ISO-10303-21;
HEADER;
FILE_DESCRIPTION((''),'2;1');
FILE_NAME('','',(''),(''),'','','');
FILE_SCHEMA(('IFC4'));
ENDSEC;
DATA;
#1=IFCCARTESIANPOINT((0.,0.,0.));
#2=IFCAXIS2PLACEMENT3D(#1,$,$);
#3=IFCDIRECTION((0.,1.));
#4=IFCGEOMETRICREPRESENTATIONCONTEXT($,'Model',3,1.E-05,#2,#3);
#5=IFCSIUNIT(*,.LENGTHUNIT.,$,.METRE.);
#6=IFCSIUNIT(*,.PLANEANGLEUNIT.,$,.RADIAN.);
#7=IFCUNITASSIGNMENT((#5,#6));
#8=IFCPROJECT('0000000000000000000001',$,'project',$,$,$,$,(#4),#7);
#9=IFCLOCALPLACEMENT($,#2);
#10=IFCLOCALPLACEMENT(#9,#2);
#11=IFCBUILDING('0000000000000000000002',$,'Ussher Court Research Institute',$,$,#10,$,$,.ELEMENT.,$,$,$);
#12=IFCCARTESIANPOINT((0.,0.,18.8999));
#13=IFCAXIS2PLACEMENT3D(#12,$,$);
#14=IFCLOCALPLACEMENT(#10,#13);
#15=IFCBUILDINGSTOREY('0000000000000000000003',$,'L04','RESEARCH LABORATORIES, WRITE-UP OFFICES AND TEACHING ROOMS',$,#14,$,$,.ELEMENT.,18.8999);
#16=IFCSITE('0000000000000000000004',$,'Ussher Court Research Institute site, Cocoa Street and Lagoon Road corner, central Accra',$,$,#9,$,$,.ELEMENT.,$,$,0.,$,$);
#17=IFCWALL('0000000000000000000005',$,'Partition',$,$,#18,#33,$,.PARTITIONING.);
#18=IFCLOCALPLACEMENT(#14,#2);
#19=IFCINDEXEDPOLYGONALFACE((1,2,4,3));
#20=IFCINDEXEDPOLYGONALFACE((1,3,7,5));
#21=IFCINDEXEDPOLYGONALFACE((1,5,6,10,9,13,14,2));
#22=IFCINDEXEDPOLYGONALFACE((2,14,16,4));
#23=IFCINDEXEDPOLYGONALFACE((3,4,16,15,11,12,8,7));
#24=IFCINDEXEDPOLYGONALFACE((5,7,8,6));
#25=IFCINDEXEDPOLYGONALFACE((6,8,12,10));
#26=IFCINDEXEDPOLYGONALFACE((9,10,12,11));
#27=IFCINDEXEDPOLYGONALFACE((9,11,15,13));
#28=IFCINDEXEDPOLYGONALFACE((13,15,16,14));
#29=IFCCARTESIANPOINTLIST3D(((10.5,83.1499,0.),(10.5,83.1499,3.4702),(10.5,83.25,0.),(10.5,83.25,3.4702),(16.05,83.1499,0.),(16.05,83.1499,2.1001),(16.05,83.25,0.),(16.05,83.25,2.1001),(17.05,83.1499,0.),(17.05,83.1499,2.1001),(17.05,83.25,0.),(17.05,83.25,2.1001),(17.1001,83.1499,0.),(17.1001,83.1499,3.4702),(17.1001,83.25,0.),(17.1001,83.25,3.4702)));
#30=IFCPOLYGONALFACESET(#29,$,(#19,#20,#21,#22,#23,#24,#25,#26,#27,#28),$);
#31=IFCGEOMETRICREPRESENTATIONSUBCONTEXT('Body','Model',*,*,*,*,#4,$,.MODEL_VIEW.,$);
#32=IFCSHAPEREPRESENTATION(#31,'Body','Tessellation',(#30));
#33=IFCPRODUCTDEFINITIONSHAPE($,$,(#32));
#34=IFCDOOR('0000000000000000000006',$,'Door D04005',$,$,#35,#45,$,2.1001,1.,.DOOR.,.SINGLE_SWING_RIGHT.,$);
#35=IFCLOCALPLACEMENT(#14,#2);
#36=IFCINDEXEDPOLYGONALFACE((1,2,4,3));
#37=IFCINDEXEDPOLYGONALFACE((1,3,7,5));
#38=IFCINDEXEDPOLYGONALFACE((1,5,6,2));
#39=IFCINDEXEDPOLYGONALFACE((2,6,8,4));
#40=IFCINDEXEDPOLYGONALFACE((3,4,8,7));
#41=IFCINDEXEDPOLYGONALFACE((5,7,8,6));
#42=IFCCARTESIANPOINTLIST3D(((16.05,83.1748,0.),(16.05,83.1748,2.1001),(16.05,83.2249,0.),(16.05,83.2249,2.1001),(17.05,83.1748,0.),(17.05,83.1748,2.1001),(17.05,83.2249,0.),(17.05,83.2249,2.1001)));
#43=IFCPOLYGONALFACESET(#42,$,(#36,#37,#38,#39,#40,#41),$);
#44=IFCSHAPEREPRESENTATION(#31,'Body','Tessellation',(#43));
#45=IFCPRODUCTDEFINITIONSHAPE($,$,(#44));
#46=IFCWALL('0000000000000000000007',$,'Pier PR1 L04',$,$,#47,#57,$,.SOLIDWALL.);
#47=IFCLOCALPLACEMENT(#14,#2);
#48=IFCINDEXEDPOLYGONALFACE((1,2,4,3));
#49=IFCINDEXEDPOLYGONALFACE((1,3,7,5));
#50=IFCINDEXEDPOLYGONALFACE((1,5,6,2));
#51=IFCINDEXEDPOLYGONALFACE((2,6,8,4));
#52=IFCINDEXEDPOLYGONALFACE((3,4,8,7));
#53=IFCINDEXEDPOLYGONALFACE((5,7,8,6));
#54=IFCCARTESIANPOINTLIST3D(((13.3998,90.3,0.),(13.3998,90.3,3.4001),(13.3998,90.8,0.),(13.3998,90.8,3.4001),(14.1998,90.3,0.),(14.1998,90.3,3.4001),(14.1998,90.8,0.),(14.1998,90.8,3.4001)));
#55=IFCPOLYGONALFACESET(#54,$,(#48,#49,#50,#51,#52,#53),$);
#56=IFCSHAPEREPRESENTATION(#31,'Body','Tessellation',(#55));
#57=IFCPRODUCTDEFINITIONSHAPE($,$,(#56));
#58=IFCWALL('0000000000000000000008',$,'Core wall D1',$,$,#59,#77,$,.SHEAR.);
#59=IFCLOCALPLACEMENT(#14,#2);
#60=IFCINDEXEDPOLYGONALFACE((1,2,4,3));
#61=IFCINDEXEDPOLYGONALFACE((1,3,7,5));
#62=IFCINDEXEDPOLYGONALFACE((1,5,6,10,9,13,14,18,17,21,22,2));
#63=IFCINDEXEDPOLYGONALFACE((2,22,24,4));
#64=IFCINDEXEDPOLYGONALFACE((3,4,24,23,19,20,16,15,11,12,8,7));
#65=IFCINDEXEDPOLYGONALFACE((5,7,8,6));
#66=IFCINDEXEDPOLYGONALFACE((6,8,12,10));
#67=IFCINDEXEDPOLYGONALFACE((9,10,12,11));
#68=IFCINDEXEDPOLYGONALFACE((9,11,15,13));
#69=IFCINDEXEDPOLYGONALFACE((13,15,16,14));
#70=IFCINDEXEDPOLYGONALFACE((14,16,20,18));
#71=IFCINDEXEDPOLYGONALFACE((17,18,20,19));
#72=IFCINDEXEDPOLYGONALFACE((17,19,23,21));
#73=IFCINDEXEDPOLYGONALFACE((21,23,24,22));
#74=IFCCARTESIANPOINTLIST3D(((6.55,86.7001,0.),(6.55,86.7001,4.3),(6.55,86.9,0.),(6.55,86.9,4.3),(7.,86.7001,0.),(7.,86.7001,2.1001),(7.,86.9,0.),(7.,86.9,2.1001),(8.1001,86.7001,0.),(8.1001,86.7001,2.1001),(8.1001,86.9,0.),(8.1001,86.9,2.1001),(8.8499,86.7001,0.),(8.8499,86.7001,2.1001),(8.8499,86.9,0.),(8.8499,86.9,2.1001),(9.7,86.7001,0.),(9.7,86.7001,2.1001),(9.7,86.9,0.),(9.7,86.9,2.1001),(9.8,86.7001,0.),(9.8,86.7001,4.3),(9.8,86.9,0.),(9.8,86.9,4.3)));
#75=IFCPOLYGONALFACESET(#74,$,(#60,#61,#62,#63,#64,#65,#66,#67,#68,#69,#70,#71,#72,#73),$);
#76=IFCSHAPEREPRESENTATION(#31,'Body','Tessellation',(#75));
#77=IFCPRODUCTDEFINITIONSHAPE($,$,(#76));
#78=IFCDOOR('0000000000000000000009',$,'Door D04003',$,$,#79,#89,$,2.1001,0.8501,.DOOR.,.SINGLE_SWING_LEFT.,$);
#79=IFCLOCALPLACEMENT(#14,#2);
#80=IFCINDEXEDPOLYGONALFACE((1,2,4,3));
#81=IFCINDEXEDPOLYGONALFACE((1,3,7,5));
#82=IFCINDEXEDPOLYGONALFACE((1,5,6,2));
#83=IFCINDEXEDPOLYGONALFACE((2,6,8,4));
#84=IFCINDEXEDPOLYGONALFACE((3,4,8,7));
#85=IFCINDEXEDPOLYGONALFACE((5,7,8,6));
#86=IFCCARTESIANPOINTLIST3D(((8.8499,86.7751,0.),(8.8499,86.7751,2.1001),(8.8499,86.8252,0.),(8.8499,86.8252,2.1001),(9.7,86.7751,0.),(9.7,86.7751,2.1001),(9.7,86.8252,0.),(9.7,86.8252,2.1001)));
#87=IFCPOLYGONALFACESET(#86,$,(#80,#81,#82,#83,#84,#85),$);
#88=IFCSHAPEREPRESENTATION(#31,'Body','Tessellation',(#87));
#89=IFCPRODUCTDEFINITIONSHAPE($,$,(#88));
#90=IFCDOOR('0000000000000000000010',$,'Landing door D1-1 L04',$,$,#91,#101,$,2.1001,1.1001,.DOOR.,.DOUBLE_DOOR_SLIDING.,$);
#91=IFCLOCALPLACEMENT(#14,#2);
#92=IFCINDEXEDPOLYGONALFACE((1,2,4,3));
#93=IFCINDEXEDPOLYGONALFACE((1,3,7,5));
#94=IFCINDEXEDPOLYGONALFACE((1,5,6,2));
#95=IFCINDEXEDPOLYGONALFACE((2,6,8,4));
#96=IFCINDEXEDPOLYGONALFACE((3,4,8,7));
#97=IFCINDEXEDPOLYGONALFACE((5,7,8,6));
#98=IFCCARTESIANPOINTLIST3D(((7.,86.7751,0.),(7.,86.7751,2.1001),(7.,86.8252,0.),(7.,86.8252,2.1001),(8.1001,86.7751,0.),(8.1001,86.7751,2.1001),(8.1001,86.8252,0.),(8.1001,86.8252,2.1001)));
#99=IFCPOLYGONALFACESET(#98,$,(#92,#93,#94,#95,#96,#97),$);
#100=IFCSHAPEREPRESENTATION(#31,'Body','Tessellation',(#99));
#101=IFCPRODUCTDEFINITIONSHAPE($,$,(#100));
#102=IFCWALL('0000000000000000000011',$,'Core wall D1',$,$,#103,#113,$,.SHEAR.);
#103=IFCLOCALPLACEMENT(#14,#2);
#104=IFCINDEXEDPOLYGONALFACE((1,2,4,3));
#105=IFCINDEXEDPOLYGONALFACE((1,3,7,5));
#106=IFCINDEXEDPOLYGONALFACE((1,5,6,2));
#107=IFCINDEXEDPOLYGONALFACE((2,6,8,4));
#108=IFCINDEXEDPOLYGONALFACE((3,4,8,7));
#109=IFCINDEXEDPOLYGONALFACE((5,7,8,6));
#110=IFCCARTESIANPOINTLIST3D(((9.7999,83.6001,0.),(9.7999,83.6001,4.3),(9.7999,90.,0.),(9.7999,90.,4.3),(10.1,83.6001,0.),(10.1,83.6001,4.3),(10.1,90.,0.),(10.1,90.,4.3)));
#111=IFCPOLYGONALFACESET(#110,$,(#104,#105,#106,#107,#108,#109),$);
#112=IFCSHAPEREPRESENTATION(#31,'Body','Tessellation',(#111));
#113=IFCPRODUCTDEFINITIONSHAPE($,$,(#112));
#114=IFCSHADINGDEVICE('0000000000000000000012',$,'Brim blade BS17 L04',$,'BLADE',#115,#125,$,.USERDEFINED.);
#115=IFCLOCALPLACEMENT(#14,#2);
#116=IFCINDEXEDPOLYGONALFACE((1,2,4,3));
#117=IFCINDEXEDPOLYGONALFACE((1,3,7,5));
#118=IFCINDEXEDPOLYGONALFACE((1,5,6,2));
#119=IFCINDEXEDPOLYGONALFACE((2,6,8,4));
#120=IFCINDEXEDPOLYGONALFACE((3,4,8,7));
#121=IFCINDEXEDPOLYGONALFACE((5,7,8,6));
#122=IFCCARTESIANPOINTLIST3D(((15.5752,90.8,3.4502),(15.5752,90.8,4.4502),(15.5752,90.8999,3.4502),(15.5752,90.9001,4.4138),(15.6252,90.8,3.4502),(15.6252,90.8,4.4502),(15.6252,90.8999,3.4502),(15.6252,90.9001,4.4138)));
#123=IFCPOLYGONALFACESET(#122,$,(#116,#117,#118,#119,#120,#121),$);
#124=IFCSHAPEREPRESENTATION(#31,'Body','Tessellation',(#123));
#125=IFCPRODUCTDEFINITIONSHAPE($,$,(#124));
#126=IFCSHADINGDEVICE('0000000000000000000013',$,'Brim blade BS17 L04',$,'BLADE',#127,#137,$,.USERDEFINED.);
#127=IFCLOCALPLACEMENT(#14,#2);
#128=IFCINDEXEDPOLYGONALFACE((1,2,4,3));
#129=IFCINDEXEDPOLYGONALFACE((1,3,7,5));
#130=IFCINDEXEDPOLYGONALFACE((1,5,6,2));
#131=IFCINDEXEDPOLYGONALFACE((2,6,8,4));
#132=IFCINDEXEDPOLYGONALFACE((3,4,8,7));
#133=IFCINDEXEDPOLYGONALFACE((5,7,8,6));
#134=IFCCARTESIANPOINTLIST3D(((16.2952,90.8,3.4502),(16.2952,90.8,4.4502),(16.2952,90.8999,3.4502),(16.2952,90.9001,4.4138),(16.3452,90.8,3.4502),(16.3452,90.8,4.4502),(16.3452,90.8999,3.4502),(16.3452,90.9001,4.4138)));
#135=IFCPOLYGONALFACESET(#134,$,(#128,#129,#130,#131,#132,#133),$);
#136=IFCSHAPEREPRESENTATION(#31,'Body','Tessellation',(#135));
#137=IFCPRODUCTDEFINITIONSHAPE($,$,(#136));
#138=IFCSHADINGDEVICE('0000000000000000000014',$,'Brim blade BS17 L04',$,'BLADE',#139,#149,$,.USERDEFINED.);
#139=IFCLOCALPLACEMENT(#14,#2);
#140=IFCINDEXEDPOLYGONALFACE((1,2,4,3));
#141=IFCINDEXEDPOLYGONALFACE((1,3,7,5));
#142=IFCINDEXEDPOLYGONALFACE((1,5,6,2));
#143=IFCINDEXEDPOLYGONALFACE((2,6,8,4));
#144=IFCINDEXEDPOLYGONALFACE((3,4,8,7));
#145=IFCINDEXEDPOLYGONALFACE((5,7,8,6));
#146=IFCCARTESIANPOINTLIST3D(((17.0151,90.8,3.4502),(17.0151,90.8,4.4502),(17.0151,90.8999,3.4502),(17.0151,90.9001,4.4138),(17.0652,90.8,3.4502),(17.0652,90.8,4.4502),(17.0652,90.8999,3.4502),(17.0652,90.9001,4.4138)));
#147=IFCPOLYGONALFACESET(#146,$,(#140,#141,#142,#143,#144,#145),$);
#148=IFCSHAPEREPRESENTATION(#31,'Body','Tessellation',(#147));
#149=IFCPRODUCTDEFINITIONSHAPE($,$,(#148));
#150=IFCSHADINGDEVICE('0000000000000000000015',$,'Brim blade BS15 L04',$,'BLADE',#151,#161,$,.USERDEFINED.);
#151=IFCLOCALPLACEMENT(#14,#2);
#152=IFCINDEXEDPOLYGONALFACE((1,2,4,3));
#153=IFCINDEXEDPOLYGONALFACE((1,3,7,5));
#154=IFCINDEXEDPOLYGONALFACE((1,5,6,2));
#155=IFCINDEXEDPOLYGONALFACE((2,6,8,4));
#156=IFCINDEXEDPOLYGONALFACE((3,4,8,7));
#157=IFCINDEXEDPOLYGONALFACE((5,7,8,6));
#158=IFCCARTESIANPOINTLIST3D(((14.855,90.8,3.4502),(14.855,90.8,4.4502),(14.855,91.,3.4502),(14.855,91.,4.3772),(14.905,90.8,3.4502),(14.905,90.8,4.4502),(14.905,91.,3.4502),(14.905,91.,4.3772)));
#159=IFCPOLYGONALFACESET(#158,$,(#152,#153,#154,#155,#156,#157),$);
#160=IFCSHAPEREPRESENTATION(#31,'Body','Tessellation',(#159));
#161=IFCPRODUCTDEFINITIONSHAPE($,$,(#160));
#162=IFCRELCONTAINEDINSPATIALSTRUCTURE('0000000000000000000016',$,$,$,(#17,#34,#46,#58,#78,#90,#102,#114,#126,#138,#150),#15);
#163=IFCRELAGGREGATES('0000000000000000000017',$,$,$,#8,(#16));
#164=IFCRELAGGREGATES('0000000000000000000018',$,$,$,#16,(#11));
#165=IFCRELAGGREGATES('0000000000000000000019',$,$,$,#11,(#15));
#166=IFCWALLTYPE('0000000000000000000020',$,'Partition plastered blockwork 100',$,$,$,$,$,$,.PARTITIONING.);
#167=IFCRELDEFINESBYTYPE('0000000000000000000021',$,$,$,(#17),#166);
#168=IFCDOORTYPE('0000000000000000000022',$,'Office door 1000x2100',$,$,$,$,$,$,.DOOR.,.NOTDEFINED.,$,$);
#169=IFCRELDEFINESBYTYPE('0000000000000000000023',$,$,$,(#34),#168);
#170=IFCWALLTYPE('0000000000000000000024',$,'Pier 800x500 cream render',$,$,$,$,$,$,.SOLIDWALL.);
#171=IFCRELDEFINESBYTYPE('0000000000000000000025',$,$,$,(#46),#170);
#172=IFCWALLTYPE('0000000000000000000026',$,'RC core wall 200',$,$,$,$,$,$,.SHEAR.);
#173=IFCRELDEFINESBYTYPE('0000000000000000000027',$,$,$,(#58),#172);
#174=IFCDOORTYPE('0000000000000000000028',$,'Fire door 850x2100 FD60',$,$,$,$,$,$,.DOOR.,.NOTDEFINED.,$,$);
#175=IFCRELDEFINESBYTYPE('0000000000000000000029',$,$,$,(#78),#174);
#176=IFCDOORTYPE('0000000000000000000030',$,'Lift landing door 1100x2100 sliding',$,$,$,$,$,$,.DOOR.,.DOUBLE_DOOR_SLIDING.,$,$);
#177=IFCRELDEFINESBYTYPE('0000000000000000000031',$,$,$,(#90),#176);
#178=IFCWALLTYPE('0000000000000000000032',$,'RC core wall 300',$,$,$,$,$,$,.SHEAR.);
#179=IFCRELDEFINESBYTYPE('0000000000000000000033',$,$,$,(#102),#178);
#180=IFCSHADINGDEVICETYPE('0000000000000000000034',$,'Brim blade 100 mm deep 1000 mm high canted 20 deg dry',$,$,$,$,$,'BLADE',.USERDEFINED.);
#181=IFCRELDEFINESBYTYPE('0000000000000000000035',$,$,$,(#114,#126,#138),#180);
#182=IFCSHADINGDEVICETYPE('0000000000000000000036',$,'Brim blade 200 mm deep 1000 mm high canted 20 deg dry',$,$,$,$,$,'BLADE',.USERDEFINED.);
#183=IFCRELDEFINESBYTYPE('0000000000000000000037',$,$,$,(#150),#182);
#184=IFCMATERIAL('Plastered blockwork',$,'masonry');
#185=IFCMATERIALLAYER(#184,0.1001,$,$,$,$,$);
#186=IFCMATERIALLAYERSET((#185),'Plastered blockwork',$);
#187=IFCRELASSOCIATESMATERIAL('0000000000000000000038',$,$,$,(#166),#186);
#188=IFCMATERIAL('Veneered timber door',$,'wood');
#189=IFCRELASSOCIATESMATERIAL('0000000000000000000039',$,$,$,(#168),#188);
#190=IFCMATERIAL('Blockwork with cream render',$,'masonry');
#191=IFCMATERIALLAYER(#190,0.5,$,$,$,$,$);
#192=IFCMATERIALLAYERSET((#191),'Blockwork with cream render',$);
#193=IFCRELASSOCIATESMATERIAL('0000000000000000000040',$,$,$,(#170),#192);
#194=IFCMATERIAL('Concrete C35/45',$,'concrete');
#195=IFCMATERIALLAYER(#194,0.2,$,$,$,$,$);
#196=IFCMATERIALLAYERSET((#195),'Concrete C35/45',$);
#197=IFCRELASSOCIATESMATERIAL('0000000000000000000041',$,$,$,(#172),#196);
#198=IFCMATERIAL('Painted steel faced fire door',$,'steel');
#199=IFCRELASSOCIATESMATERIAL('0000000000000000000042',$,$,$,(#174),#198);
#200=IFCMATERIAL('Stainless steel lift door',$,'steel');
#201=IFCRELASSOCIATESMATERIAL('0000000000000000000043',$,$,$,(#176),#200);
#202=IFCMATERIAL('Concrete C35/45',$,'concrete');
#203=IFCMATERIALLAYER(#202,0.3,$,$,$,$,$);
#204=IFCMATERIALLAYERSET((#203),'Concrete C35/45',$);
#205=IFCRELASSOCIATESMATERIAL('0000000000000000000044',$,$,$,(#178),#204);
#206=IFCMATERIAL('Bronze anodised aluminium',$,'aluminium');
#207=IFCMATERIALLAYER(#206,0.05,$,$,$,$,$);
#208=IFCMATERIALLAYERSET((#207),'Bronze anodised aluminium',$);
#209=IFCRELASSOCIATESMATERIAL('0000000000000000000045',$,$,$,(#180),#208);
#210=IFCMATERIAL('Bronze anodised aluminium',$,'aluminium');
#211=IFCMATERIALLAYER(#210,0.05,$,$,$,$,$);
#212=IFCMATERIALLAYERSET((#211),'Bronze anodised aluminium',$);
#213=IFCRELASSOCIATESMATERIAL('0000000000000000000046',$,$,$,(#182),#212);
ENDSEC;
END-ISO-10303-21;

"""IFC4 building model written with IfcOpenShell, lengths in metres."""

from ifc_helpers import new_model, si_unit, direction, frame, frame_2d, origin, place, context, subcontext, project, spatial, polyline, rectangle, outline, extrude, material, layer, layer_set, type_object, element, fill, save


model = new_model("IFC4")

# Units and contexts
model_context = context("Model", 3, precision=1e-05, world=origin(), true_north=direction((0.0, 1.0)))
body_context = subcontext(model_context, "Body", "Model", "MODEL_VIEW")
ifc_project = project(units=[si_unit("LENGTHUNIT", "METRE"), si_unit("PLANEANGLEUNIT", "RADIAN")], contexts=[model_context])

# Site, building, storey
site_placement = place(None, origin())
site = spatial("IfcSite", under=ifc_project, at=site_placement, Name="Ussher Court Research Institute site, Cocoa Street and Lagoon Road corner, central Accra", CompositionType="ELEMENT", RefElevation=0.0)
building_placement = place(site_placement, origin())
building = spatial("IfcBuilding", under=site, at=building_placement, Name="Ussher Court Research Institute", CompositionType="ELEMENT")
storey_placement = place(building_placement, frame((0.0, 0.0, 18.8999)))
storey = spatial("IfcBuildingStorey", under=building, at=storey_placement, Name="L04", Description="RESEARCH LABORATORIES, WRITE-UP OFFICES AND TEACHING ROOMS", CompositionType="ELEMENT", Elevation=18.8999)

# Wall, opening, door
ifc_material_1 = material(Name="Plastered blockwork", Category="masonry")
ifc_layer_1 = layer(ifc_material_1, 0.1001)
ifc_layer_set_1 = layer_set([ifc_layer_1], Name="Plastered blockwork")
wall_type_1 = type_object("IfcWallType", Name="Partition plastered blockwork 100", PredefinedType="PARTITIONING", material=ifc_layer_set_1)
wall_1_placement = place(storey_placement, frame((10.5, 83.2, 0.0), z_axis=(0.0, 0.0, 1.0), x_axis=(1.0, 0.0, 0.0)))
wall_1 = element("IfcWall", 1, at=wall_1_placement, inside=storey, type_object=wall_type_1, Name="Partition", PredefinedType="PARTITIONING", context=body_context, shape_type="SweptSolid", body=[
    extrude(rectangle(XDim=6.6001, YDim=0.1001, at=frame_2d((3.3, 0.0))), origin(), (0.0, 0.0, 1.0), 3.4702),
])
opening_1_placement = place(wall_1_placement, frame((5.55, 0.0, 0.0)))
opening_1 = element("IfcOpeningElement", 2, at=opening_1_placement, cuts=wall_1, PredefinedType="OPENING", context=body_context, shape_type="SweptSolid", body=[
    extrude(rectangle(XDim=1.0, YDim=2.1001, at=frame_2d((0.5, 1.05))), frame((0.0, 0.0601, 0.0), z_axis=(0.0, -1.0, 0.0), x_axis=(1.0, 0.0, 0.0)), (0.0, 0.0, 1.0), 0.1201),
])
ifc_material_2 = material(Name="Veneered timber door", Category="wood")
door_type_1 = type_object("IfcDoorType", Name="Office door 1000x2100", OperationType="NOTDEFINED", PredefinedType="DOOR", material=ifc_material_2)
door_1_placement = place(opening_1_placement, origin())
door_1 = element("IfcDoor", 3, at=door_1_placement, inside=storey, type_object=door_type_1, Name="Door D04005", OperationType="SINGLE_SWING_RIGHT", OverallHeight=2.1001, OverallWidth=1.0, PredefinedType="DOOR", context=body_context, shape_type="SweptSolid", body=[
    extrude(rectangle(XDim=1.0, YDim=2.1001, at=frame_2d((0.5, 1.05))), frame((0.0, 0.0249, 0.0), z_axis=(0.0, -1.0, 0.0), x_axis=(1.0, 0.0, 0.0)), (0.0, 0.0, 1.0), 0.05),
])
fill(opening_1, door_1)

# Wall
ifc_material_3 = material(Name="Blockwork with cream render", Category="masonry")
ifc_layer_2 = layer(ifc_material_3, 0.5)
ifc_layer_set_2 = layer_set([ifc_layer_2], Name="Blockwork with cream render")
wall_type_2 = type_object("IfcWallType", Name="Pier 800x500 cream render", PredefinedType="SOLIDWALL", material=ifc_layer_set_2)
wall_2_placement = place(storey_placement, frame((13.3999, 90.55, 0.0), z_axis=(0.0, 0.0, 1.0), x_axis=(1.0, 0.0, 0.0)))
element("IfcWall", 4, at=wall_2_placement, inside=storey, type_object=wall_type_2, Name="Pier PR1 L04", PredefinedType="SOLIDWALL", context=body_context, shape_type="SweptSolid", body=[
    extrude(rectangle(XDim=0.8, YDim=0.5, at=frame_2d((0.3999, 0.0))), origin(), (0.0, 0.0, 1.0), 3.4001),
])

# Wall, openings, doors
ifc_material_4 = material(Name="Concrete C35/45", Category="concrete")
ifc_layer_3 = layer(ifc_material_4, 0.2)
ifc_layer_set_3 = layer_set([ifc_layer_3], Name="Concrete C35/45")
wall_type_3 = type_object("IfcWallType", Name="RC core wall 200", PredefinedType="SHEAR", material=ifc_layer_set_3)
wall_3_placement = place(storey_placement, frame((9.8, 86.8, 0.0), z_axis=(0.0, 0.0, 1.0), x_axis=(-1.0, 0.0, 0.0)))
wall_3 = element("IfcWall", 5, at=wall_3_placement, inside=storey, type_object=wall_type_3, Name="Core wall D1", PredefinedType="SHEAR", context=body_context, shape_type="SweptSolid", body=[
    extrude(rectangle(XDim=3.25, YDim=0.2, at=frame_2d((1.625, 0.0))), origin(), (0.0, 0.0, 1.0), 4.3),
])
opening_2_placement = place(wall_3_placement, frame((1.7, 0.0, 0.0)))
opening_2 = element("IfcOpeningElement", 6, at=opening_2_placement, cuts=wall_3, PredefinedType="OPENING", context=body_context, shape_type="SweptSolid", body=[
    extrude(rectangle(XDim=1.1001, YDim=2.1001, at=frame_2d((0.55, 1.05))), frame((0.0, 0.1099, 0.0), z_axis=(0.0, -1.0, 0.0), x_axis=(1.0, 0.0, 0.0)), (0.0, 0.0, 1.0), 0.22),
])
opening_3_placement = place(wall_3_placement, frame((0.1001, 0.0, 0.0)))
opening_3 = element("IfcOpeningElement", 7, at=opening_3_placement, cuts=wall_3, PredefinedType="OPENING", context=body_context, shape_type="SweptSolid", body=[
    extrude(rectangle(XDim=0.8501, YDim=2.1001, at=frame_2d((0.425, 1.05))), frame((0.0, 0.1099, 0.0), z_axis=(0.0, -1.0, 0.0), x_axis=(1.0, 0.0, 0.0)), (0.0, 0.0, 1.0), 0.22),
])
ifc_material_5 = material(Name="Painted steel faced fire door", Category="steel")
door_type_2 = type_object("IfcDoorType", Name="Fire door 850x2100 FD60", OperationType="NOTDEFINED", PredefinedType="DOOR", material=ifc_material_5)
door_2_placement = place(opening_3_placement, origin())
door_2 = element("IfcDoor", 8, at=door_2_placement, inside=storey, type_object=door_type_2, Name="Door D04003", OperationType="SINGLE_SWING_LEFT", OverallHeight=2.1001, OverallWidth=0.8501, PredefinedType="DOOR", context=body_context, shape_type="SweptSolid", body=[
    extrude(rectangle(XDim=0.8501, YDim=2.1001, at=frame_2d((0.425, 1.05))), frame((0.0, 0.0249, 0.0), z_axis=(0.0, -1.0, 0.0), x_axis=(1.0, 0.0, 0.0)), (0.0, 0.0, 1.0), 0.05),
])
fill(opening_3, door_2)
ifc_material_6 = material(Name="Stainless steel lift door", Category="steel")
door_type_3 = type_object("IfcDoorType", Name="Lift landing door 1100x2100 sliding", OperationType="DOUBLE_DOOR_SLIDING", PredefinedType="DOOR", material=ifc_material_6)
door_3_placement = place(opening_2_placement, origin())
door_3 = element("IfcDoor", 9, at=door_3_placement, inside=storey, type_object=door_type_3, Name="Landing door D1-1 L04", OperationType="DOUBLE_DOOR_SLIDING", OverallHeight=2.1001, OverallWidth=1.1001, PredefinedType="DOOR", context=body_context, shape_type="SweptSolid", body=[
    extrude(rectangle(XDim=1.1001, YDim=2.1001, at=frame_2d((0.55, 1.05))), frame((0.0, 0.0249, 0.0), z_axis=(0.0, -1.0, 0.0), x_axis=(1.0, 0.0, 0.0)), (0.0, 0.0, 1.0), 0.05),
])
fill(opening_2, door_3)

# Wall
ifc_material_7 = material(Name="Concrete C35/45", Category="concrete")
ifc_layer_4 = layer(ifc_material_7, 0.3)
ifc_layer_set_4 = layer_set([ifc_layer_4], Name="Concrete C35/45")
wall_type_4 = type_object("IfcWallType", Name="RC core wall 300", PredefinedType="SHEAR", material=ifc_layer_set_4)
wall_4_placement = place(storey_placement, frame((9.95, 83.6001, 0.0), z_axis=(0.0, 0.0, 1.0), x_axis=(0.0, 1.0, 0.0)))
element("IfcWall", 10, at=wall_4_placement, inside=storey, type_object=wall_type_4, Name="Core wall D1", PredefinedType="SHEAR", context=body_context, shape_type="SweptSolid", body=[
    extrude(rectangle(XDim=6.3999, YDim=0.3, at=frame_2d((3.2, 0.0))), origin(), (0.0, 0.0, 1.0), 4.3),
])

# Shading devices
ifc_material_8 = material(Name="Bronze anodised aluminium", Category="aluminium")
ifc_layer_5 = layer(ifc_material_8, 0.05)
ifc_layer_set_5 = layer_set([ifc_layer_5], Name="Bronze anodised aluminium")
shading_device_type_1 = type_object("IfcShadingDeviceType", Name="Brim blade 100 mm deep 1000 mm high canted 20 deg dry", ElementType="BLADE", PredefinedType="USERDEFINED", material=ifc_layer_set_5)
for number, where, z_axis, x_axis, name in (
    (11, (15.6001, 90.8, 3.4502), (0.0, 0.0, 1.0), (0.0, 1.0, 0.0), "Brim blade BS17 L04"),
    (12, (16.3201, 90.8, 3.4502), (0.0, 0.0, 1.0), (0.0, 1.0, 0.0), "Brim blade BS17 L04"),
    (13, (17.04, 90.8, 3.4502), (0.0, 0.0, 1.0), (0.0, 1.0, 0.0), "Brim blade BS17 L04"),
):
    element("IfcShadingDevice", number, at=place(storey_placement, frame(where, z_axis=z_axis, x_axis=x_axis)), inside=storey, type_object=shading_device_type_1, Name=name, ObjectType="BLADE", PredefinedType="USERDEFINED", context=body_context, shape_type="SweptSolid", body=[
        extrude(outline(polyline([(0.0, 0.0), (0.0999, 0.0), (0.1001, 0.9636), (0.0, 1.0), (0.0, 0.0)])), frame((0.0, 0.0249, 0.0), z_axis=(0.0, -1.0, 0.0), x_axis=(1.0, 0.0, 0.0)), (0.0, 0.0, 1.0), 0.05),
    ])
ifc_material_9 = material(Name="Bronze anodised aluminium", Category="aluminium")
ifc_layer_6 = layer(ifc_material_9, 0.05)
ifc_layer_set_6 = layer_set([ifc_layer_6], Name="Bronze anodised aluminium")
shading_device_type_2 = type_object("IfcShadingDeviceType", Name="Brim blade 200 mm deep 1000 mm high canted 20 deg dry", ElementType="BLADE", PredefinedType="USERDEFINED", material=ifc_layer_set_6)
shading_device_1_placement = place(storey_placement, frame((14.8799, 90.8, 3.4502), z_axis=(0.0, 0.0, 1.0), x_axis=(0.0, 1.0, 0.0)))
element("IfcShadingDevice", 14, at=shading_device_1_placement, inside=storey, type_object=shading_device_type_2, Name="Brim blade BS15 L04", ObjectType="BLADE", PredefinedType="USERDEFINED", context=body_context, shape_type="SweptSolid", body=[
    extrude(outline(polyline([(0.0, 0.0), (0.2, 0.0), (0.2, 0.927), (0.0, 1.0), (0.0, 0.0)])), frame((0.0, 0.0249, 0.0), z_axis=(0.0, -1.0, 0.0), x_axis=(1.0, 0.0, 0.0)), (0.0, 0.0, 1.0), 0.05),
])

save(model, "model.ifc")
